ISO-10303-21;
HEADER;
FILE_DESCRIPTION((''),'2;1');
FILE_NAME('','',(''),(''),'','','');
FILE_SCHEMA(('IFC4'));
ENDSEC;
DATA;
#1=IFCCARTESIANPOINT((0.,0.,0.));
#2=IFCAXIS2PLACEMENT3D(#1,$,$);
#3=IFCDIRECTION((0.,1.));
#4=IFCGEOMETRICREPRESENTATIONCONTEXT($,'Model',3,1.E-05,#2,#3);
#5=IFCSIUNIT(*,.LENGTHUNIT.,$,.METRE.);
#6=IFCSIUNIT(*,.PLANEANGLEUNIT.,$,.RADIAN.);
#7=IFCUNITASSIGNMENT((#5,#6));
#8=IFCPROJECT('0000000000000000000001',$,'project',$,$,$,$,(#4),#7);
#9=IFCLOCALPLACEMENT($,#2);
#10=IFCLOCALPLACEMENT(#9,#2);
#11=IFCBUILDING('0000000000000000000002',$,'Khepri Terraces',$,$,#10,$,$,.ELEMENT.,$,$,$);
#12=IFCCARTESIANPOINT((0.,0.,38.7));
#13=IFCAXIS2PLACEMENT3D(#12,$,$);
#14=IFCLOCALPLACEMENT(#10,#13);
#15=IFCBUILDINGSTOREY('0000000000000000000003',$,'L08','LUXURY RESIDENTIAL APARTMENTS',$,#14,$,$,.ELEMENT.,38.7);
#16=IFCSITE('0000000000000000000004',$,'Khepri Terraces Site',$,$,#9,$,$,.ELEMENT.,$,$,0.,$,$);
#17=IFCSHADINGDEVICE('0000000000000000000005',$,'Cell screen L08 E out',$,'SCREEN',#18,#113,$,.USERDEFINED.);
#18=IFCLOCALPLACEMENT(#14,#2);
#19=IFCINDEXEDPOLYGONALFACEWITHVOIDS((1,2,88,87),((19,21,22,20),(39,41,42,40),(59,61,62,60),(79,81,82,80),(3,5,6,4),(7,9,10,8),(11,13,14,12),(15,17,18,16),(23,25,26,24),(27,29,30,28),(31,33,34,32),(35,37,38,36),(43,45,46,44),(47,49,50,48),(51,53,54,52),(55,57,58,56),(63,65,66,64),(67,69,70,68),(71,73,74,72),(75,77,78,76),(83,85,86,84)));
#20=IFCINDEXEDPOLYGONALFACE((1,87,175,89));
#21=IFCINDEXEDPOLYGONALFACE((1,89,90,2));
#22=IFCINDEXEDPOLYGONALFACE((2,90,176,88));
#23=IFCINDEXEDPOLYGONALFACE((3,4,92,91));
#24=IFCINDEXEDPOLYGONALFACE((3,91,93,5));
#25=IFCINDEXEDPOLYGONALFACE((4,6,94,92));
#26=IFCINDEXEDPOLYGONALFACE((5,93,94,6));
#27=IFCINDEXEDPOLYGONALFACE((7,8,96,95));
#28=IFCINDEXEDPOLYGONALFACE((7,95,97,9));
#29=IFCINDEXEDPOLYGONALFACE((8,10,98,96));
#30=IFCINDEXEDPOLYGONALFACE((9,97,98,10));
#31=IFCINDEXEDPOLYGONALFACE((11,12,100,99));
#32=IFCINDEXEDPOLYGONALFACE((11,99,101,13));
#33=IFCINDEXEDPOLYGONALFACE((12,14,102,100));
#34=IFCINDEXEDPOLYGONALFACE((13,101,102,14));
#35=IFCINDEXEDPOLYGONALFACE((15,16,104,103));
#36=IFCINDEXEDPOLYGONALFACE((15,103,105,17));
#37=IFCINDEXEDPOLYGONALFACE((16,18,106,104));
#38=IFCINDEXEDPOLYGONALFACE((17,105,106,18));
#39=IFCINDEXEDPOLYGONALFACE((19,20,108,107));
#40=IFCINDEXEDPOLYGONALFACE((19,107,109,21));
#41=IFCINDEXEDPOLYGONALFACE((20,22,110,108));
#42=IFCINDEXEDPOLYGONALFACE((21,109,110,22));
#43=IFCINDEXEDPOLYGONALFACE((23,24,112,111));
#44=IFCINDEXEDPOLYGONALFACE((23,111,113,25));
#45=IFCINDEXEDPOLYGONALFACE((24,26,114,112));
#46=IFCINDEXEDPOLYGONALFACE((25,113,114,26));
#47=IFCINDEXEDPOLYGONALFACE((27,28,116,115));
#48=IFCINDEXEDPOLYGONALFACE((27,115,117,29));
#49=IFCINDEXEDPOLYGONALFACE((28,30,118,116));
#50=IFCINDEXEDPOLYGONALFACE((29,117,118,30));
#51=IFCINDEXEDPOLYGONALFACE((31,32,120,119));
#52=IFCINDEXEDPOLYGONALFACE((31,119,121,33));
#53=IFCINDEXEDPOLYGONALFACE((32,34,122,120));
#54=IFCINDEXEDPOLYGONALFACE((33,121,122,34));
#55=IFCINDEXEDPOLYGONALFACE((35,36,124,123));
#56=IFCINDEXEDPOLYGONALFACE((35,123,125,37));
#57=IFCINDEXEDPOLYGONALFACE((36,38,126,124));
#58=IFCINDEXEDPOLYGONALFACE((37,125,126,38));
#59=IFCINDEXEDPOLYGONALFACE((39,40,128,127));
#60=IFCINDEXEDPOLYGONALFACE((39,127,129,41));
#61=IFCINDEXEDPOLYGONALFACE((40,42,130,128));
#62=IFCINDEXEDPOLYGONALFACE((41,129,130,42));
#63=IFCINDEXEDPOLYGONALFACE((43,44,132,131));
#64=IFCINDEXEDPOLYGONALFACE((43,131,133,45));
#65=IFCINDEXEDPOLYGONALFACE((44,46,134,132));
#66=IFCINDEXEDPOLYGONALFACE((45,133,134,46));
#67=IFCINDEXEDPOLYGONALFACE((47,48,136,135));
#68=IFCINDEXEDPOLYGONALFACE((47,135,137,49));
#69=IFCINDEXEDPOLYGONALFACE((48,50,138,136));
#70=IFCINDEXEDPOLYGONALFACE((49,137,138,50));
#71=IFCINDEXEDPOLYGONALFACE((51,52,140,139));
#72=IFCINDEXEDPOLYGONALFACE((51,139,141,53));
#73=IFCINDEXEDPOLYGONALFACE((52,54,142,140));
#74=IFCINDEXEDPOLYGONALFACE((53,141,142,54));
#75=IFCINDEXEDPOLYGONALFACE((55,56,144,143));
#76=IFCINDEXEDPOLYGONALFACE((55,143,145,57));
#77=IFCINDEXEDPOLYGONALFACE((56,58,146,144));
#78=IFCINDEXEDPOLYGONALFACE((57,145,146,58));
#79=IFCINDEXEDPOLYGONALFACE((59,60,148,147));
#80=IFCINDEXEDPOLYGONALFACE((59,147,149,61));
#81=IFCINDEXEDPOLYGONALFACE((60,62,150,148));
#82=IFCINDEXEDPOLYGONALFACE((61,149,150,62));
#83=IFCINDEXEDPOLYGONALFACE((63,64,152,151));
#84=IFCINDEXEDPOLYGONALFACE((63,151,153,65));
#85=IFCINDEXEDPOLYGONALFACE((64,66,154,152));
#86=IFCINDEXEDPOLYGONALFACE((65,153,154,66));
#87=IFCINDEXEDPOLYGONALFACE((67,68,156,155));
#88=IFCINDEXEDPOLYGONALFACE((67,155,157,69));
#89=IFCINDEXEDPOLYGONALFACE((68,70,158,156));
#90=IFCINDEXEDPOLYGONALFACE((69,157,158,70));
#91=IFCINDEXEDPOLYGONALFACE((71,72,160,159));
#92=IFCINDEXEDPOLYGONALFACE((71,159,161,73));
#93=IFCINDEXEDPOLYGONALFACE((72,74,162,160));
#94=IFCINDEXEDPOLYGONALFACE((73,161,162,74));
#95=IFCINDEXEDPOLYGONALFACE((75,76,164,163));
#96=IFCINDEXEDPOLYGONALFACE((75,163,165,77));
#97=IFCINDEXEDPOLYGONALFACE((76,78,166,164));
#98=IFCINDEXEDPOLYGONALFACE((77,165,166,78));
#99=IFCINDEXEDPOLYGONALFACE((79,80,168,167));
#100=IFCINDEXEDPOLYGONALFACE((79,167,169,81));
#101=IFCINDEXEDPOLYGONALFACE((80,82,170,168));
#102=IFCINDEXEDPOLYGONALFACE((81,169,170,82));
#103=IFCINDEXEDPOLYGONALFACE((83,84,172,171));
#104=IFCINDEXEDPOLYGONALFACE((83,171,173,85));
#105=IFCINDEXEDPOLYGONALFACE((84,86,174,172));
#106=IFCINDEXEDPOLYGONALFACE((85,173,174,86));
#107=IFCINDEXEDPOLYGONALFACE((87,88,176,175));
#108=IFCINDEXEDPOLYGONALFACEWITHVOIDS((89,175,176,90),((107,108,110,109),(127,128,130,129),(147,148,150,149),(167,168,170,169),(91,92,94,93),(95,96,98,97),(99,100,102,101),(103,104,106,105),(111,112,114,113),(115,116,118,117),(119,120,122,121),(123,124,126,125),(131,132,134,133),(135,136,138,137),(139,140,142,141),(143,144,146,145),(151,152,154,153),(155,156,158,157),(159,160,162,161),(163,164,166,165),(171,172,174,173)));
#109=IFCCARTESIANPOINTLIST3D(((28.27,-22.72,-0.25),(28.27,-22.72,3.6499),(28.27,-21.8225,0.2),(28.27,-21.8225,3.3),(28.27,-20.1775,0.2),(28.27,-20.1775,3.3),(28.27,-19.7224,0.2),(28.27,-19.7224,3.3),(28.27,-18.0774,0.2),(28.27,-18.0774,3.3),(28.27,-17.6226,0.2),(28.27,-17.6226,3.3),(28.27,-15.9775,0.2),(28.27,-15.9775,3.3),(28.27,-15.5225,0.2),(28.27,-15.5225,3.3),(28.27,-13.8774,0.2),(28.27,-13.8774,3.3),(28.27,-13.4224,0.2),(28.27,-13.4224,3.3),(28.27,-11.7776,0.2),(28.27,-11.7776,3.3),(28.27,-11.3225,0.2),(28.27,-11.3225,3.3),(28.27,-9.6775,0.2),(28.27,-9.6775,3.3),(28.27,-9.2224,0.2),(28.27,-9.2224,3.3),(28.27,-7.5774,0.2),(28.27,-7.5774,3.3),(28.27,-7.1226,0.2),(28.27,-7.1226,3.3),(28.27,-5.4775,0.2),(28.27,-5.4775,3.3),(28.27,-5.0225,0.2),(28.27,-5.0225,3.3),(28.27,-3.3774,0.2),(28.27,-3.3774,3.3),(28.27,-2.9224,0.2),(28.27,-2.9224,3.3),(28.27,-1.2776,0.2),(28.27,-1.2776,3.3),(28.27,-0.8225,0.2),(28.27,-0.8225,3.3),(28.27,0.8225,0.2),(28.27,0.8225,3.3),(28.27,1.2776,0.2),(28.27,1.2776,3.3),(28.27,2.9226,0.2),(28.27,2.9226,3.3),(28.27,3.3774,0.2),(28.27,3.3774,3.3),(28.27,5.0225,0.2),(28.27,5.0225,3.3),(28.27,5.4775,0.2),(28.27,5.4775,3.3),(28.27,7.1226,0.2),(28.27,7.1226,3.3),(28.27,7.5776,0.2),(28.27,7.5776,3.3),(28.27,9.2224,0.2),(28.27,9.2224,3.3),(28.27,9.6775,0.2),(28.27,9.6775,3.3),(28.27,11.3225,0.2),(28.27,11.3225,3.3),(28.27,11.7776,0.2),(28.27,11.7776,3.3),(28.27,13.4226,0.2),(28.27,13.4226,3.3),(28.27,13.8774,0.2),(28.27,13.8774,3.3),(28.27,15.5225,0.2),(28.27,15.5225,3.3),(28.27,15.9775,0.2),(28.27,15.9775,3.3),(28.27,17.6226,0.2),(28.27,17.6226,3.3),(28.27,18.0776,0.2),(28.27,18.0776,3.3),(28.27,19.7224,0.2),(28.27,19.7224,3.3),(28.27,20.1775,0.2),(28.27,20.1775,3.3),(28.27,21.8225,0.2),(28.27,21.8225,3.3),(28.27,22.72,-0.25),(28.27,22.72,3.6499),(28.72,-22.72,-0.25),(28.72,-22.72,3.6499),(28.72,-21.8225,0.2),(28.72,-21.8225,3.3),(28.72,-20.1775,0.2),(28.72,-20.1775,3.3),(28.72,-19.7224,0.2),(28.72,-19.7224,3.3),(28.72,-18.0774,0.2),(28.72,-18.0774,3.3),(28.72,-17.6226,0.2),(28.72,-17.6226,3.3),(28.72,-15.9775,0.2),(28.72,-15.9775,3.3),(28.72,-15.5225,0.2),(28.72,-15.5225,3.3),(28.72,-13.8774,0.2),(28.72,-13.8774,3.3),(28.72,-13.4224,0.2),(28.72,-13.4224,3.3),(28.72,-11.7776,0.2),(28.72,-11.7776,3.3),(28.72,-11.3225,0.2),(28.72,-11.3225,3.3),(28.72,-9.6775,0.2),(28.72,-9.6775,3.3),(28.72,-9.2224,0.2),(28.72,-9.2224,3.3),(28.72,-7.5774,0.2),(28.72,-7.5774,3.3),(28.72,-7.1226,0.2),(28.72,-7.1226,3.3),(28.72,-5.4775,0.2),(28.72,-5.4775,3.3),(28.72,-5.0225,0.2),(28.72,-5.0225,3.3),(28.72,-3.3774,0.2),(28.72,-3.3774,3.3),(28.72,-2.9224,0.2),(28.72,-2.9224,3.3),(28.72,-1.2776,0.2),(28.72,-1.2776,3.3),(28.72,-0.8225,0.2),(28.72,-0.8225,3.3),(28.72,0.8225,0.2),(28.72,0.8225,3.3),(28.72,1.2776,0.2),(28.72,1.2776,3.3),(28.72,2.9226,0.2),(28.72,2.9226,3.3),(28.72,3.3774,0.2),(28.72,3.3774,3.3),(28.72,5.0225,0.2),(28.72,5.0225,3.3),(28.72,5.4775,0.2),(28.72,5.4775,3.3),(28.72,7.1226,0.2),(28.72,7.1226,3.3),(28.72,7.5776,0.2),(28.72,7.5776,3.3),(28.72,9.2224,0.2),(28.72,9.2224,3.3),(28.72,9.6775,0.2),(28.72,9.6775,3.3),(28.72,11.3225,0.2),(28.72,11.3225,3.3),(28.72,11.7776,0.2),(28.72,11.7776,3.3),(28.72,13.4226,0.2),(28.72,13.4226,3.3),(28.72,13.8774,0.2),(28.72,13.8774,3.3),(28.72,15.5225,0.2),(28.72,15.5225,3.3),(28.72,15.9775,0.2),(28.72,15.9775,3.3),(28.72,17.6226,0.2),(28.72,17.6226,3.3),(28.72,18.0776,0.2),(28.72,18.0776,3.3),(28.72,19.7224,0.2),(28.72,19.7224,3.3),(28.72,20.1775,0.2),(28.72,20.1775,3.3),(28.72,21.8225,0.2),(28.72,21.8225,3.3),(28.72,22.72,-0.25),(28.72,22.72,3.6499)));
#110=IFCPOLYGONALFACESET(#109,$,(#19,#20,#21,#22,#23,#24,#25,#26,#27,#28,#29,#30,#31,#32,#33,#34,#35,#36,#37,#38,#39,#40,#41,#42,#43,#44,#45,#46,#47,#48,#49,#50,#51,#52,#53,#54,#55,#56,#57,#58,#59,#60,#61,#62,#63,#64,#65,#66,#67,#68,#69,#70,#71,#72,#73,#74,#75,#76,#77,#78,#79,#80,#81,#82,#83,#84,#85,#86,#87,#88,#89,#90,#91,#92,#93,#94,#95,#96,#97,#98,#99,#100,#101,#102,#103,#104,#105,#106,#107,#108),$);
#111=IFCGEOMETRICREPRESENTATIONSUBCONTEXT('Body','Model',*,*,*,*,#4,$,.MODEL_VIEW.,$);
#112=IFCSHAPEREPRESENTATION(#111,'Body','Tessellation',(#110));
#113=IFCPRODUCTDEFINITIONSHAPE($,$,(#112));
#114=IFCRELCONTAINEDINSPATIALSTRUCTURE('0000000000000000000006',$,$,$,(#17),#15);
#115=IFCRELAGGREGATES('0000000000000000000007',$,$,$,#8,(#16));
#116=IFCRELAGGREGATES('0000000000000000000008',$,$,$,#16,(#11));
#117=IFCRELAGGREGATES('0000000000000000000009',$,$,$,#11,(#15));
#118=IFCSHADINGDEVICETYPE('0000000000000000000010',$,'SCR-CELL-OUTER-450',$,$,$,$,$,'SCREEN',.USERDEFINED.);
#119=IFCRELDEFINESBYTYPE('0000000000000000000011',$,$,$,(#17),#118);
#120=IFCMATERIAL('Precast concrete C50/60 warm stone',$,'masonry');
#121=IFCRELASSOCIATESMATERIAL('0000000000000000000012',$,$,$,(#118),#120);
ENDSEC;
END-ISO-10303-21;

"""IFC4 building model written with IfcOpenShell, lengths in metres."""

from ifc_helpers import new_model, si_unit, direction, frame, origin, place, context, subcontext, project, spatial, polyline, outline, extrude, material, type_object, element, save


model = new_model("IFC4")

# Units and contexts
model_context = context("Model", 3, precision=1e-05, world=origin(), true_north=direction((0.0, 1.0)))
body_context = subcontext(model_context, "Body", "Model", "MODEL_VIEW")
ifc_project = project(units=[si_unit("LENGTHUNIT", "METRE"), si_unit("PLANEANGLEUNIT", "RADIAN")], contexts=[model_context])

# Site, building, storey
site_placement = place(None, origin())
site = spatial("IfcSite", under=ifc_project, at=site_placement, Name="Khepri Terraces Site", CompositionType="ELEMENT", RefElevation=0.0)
building_placement = place(site_placement, origin())
building = spatial("IfcBuilding", under=site, at=building_placement, Name="Khepri Terraces", CompositionType="ELEMENT")
storey_placement = place(building_placement, frame((0.0, 0.0, 38.7)))
storey = spatial("IfcBuildingStorey", under=building, at=storey_placement, Name="L08", Description="LUXURY RESIDENTIAL APARTMENTS", CompositionType="ELEMENT", Elevation=38.7)

# Shared definitions
ifc_material_1 = material(Name="Precast concrete C50/60 warm stone", Category="masonry")

# Shading device
shading_device_type_1 = type_object("IfcShadingDeviceType", Name="SCR-CELL-OUTER-450", ElementType="SCREEN", PredefinedType="USERDEFINED", material=ifc_material_1)
shading_device_1_placement = place(storey_placement, frame((28.27, -22.72, -0.25), z_axis=(1.0, 0.0, 0.0), x_axis=(0.0, 1.0, 0.0)))
element("IfcShadingDevice", 1, at=shading_device_1_placement, inside=storey, type_object=shading_device_type_1, Name="Cell screen L08 E out", ObjectType="SCREEN", PredefinedType="USERDEFINED", context=body_context, shape_type="SweptSolid", body=[
    extrude(outline(polyline([(0.0, 0.0), (45.4399, 0.0), (45.4399, 3.8999), (0.0, 3.8999), (0.0, 0.0)]), holes=[polyline([(0.8975, 0.45), (2.5425, 0.45), (2.5425, 3.55), (0.8975, 3.55), (0.8975, 0.45)]), polyline([(2.9976, 0.45), (4.6426, 0.45), (4.6426, 3.55), (2.9976, 3.55), (2.9976, 0.45)]), polyline([(5.0974, 0.45), (6.7424, 0.45), (6.7424, 3.55), (5.0974, 3.55), (5.0974, 0.45)]), polyline([(7.1975, 0.45), (8.8425, 0.45), (8.8425, 3.55), (7.1975, 3.55), (7.1975, 0.45)]), polyline([(9.2976, 0.45), (10.9424, 0.45), (10.9424, 3.55), (9.2976, 3.55), (9.2976, 0.45)]), polyline([(11.3975, 0.45), (13.0425, 0.45), (13.0425, 3.55), (11.3975, 3.55), (11.3975, 0.45)]), polyline([(13.4976, 0.45), (15.1426, 0.45), (15.1426, 3.55), (13.4976, 3.55), (13.4976, 0.45)]), polyline([(15.5974, 0.45), (17.2424, 0.45), (17.2424, 3.55), (15.5974, 3.55), (15.5974, 0.45)]), polyline([(17.6975, 0.45), (19.3425, 0.45), (19.3425, 3.55), (17.6975, 3.55), (17.6975, 0.45)]), polyline([(19.7976, 0.45), (21.4424, 0.45), (21.4424, 3.55), (19.7976, 3.55), (19.7976, 0.45)]), polyline([(21.8975, 0.45), (23.5425, 0.45), (23.5425, 3.55), (21.8975, 3.55), (21.8975, 0.45)]), polyline([(23.9976, 0.45), (25.6426, 0.45), (25.6426, 3.55), (23.9976, 3.55), (23.9976, 0.45)]), polyline([(26.0974, 0.45), (27.7424, 0.45), (27.7424, 3.55), (26.0974, 3.55), (26.0974, 0.45)]), polyline([(28.1975, 0.45), (29.8425, 0.45), (29.8425, 3.55), (28.1975, 3.55), (28.1975, 0.45)]), polyline([(30.2976, 0.45), (31.9424, 0.45), (31.9424, 3.55), (30.2976, 3.55), (30.2976, 0.45)]), polyline([(32.3975, 0.45), (34.0425, 0.45), (34.0425, 3.55), (32.3975, 3.55), (32.3975, 0.45)]), polyline([(34.4976, 0.45), (36.1426, 0.45), (36.1426, 3.55), (34.4976, 3.55), (34.4976, 0.45)]), polyline([(36.5974, 0.45), (38.2424, 0.45), (38.2424, 3.55), (36.5974, 3.55), (36.5974, 0.45)]), polyline([(38.6975, 0.45), (40.3425, 0.45), (40.3425, 3.55), (38.6975, 3.55), (38.6975, 0.45)]), polyline([(40.7976, 0.45), (42.4424, 0.45), (42.4424, 3.55), (40.7976, 3.55), (40.7976, 0.45)]), polyline([(42.8975, 0.45), (44.5425, 0.45), (44.5425, 3.55), (42.8975, 3.55), (42.8975, 0.45)])]), origin(), (0.0, 0.0, 1.0), 0.45),
])

save(model, "model.ifc")
